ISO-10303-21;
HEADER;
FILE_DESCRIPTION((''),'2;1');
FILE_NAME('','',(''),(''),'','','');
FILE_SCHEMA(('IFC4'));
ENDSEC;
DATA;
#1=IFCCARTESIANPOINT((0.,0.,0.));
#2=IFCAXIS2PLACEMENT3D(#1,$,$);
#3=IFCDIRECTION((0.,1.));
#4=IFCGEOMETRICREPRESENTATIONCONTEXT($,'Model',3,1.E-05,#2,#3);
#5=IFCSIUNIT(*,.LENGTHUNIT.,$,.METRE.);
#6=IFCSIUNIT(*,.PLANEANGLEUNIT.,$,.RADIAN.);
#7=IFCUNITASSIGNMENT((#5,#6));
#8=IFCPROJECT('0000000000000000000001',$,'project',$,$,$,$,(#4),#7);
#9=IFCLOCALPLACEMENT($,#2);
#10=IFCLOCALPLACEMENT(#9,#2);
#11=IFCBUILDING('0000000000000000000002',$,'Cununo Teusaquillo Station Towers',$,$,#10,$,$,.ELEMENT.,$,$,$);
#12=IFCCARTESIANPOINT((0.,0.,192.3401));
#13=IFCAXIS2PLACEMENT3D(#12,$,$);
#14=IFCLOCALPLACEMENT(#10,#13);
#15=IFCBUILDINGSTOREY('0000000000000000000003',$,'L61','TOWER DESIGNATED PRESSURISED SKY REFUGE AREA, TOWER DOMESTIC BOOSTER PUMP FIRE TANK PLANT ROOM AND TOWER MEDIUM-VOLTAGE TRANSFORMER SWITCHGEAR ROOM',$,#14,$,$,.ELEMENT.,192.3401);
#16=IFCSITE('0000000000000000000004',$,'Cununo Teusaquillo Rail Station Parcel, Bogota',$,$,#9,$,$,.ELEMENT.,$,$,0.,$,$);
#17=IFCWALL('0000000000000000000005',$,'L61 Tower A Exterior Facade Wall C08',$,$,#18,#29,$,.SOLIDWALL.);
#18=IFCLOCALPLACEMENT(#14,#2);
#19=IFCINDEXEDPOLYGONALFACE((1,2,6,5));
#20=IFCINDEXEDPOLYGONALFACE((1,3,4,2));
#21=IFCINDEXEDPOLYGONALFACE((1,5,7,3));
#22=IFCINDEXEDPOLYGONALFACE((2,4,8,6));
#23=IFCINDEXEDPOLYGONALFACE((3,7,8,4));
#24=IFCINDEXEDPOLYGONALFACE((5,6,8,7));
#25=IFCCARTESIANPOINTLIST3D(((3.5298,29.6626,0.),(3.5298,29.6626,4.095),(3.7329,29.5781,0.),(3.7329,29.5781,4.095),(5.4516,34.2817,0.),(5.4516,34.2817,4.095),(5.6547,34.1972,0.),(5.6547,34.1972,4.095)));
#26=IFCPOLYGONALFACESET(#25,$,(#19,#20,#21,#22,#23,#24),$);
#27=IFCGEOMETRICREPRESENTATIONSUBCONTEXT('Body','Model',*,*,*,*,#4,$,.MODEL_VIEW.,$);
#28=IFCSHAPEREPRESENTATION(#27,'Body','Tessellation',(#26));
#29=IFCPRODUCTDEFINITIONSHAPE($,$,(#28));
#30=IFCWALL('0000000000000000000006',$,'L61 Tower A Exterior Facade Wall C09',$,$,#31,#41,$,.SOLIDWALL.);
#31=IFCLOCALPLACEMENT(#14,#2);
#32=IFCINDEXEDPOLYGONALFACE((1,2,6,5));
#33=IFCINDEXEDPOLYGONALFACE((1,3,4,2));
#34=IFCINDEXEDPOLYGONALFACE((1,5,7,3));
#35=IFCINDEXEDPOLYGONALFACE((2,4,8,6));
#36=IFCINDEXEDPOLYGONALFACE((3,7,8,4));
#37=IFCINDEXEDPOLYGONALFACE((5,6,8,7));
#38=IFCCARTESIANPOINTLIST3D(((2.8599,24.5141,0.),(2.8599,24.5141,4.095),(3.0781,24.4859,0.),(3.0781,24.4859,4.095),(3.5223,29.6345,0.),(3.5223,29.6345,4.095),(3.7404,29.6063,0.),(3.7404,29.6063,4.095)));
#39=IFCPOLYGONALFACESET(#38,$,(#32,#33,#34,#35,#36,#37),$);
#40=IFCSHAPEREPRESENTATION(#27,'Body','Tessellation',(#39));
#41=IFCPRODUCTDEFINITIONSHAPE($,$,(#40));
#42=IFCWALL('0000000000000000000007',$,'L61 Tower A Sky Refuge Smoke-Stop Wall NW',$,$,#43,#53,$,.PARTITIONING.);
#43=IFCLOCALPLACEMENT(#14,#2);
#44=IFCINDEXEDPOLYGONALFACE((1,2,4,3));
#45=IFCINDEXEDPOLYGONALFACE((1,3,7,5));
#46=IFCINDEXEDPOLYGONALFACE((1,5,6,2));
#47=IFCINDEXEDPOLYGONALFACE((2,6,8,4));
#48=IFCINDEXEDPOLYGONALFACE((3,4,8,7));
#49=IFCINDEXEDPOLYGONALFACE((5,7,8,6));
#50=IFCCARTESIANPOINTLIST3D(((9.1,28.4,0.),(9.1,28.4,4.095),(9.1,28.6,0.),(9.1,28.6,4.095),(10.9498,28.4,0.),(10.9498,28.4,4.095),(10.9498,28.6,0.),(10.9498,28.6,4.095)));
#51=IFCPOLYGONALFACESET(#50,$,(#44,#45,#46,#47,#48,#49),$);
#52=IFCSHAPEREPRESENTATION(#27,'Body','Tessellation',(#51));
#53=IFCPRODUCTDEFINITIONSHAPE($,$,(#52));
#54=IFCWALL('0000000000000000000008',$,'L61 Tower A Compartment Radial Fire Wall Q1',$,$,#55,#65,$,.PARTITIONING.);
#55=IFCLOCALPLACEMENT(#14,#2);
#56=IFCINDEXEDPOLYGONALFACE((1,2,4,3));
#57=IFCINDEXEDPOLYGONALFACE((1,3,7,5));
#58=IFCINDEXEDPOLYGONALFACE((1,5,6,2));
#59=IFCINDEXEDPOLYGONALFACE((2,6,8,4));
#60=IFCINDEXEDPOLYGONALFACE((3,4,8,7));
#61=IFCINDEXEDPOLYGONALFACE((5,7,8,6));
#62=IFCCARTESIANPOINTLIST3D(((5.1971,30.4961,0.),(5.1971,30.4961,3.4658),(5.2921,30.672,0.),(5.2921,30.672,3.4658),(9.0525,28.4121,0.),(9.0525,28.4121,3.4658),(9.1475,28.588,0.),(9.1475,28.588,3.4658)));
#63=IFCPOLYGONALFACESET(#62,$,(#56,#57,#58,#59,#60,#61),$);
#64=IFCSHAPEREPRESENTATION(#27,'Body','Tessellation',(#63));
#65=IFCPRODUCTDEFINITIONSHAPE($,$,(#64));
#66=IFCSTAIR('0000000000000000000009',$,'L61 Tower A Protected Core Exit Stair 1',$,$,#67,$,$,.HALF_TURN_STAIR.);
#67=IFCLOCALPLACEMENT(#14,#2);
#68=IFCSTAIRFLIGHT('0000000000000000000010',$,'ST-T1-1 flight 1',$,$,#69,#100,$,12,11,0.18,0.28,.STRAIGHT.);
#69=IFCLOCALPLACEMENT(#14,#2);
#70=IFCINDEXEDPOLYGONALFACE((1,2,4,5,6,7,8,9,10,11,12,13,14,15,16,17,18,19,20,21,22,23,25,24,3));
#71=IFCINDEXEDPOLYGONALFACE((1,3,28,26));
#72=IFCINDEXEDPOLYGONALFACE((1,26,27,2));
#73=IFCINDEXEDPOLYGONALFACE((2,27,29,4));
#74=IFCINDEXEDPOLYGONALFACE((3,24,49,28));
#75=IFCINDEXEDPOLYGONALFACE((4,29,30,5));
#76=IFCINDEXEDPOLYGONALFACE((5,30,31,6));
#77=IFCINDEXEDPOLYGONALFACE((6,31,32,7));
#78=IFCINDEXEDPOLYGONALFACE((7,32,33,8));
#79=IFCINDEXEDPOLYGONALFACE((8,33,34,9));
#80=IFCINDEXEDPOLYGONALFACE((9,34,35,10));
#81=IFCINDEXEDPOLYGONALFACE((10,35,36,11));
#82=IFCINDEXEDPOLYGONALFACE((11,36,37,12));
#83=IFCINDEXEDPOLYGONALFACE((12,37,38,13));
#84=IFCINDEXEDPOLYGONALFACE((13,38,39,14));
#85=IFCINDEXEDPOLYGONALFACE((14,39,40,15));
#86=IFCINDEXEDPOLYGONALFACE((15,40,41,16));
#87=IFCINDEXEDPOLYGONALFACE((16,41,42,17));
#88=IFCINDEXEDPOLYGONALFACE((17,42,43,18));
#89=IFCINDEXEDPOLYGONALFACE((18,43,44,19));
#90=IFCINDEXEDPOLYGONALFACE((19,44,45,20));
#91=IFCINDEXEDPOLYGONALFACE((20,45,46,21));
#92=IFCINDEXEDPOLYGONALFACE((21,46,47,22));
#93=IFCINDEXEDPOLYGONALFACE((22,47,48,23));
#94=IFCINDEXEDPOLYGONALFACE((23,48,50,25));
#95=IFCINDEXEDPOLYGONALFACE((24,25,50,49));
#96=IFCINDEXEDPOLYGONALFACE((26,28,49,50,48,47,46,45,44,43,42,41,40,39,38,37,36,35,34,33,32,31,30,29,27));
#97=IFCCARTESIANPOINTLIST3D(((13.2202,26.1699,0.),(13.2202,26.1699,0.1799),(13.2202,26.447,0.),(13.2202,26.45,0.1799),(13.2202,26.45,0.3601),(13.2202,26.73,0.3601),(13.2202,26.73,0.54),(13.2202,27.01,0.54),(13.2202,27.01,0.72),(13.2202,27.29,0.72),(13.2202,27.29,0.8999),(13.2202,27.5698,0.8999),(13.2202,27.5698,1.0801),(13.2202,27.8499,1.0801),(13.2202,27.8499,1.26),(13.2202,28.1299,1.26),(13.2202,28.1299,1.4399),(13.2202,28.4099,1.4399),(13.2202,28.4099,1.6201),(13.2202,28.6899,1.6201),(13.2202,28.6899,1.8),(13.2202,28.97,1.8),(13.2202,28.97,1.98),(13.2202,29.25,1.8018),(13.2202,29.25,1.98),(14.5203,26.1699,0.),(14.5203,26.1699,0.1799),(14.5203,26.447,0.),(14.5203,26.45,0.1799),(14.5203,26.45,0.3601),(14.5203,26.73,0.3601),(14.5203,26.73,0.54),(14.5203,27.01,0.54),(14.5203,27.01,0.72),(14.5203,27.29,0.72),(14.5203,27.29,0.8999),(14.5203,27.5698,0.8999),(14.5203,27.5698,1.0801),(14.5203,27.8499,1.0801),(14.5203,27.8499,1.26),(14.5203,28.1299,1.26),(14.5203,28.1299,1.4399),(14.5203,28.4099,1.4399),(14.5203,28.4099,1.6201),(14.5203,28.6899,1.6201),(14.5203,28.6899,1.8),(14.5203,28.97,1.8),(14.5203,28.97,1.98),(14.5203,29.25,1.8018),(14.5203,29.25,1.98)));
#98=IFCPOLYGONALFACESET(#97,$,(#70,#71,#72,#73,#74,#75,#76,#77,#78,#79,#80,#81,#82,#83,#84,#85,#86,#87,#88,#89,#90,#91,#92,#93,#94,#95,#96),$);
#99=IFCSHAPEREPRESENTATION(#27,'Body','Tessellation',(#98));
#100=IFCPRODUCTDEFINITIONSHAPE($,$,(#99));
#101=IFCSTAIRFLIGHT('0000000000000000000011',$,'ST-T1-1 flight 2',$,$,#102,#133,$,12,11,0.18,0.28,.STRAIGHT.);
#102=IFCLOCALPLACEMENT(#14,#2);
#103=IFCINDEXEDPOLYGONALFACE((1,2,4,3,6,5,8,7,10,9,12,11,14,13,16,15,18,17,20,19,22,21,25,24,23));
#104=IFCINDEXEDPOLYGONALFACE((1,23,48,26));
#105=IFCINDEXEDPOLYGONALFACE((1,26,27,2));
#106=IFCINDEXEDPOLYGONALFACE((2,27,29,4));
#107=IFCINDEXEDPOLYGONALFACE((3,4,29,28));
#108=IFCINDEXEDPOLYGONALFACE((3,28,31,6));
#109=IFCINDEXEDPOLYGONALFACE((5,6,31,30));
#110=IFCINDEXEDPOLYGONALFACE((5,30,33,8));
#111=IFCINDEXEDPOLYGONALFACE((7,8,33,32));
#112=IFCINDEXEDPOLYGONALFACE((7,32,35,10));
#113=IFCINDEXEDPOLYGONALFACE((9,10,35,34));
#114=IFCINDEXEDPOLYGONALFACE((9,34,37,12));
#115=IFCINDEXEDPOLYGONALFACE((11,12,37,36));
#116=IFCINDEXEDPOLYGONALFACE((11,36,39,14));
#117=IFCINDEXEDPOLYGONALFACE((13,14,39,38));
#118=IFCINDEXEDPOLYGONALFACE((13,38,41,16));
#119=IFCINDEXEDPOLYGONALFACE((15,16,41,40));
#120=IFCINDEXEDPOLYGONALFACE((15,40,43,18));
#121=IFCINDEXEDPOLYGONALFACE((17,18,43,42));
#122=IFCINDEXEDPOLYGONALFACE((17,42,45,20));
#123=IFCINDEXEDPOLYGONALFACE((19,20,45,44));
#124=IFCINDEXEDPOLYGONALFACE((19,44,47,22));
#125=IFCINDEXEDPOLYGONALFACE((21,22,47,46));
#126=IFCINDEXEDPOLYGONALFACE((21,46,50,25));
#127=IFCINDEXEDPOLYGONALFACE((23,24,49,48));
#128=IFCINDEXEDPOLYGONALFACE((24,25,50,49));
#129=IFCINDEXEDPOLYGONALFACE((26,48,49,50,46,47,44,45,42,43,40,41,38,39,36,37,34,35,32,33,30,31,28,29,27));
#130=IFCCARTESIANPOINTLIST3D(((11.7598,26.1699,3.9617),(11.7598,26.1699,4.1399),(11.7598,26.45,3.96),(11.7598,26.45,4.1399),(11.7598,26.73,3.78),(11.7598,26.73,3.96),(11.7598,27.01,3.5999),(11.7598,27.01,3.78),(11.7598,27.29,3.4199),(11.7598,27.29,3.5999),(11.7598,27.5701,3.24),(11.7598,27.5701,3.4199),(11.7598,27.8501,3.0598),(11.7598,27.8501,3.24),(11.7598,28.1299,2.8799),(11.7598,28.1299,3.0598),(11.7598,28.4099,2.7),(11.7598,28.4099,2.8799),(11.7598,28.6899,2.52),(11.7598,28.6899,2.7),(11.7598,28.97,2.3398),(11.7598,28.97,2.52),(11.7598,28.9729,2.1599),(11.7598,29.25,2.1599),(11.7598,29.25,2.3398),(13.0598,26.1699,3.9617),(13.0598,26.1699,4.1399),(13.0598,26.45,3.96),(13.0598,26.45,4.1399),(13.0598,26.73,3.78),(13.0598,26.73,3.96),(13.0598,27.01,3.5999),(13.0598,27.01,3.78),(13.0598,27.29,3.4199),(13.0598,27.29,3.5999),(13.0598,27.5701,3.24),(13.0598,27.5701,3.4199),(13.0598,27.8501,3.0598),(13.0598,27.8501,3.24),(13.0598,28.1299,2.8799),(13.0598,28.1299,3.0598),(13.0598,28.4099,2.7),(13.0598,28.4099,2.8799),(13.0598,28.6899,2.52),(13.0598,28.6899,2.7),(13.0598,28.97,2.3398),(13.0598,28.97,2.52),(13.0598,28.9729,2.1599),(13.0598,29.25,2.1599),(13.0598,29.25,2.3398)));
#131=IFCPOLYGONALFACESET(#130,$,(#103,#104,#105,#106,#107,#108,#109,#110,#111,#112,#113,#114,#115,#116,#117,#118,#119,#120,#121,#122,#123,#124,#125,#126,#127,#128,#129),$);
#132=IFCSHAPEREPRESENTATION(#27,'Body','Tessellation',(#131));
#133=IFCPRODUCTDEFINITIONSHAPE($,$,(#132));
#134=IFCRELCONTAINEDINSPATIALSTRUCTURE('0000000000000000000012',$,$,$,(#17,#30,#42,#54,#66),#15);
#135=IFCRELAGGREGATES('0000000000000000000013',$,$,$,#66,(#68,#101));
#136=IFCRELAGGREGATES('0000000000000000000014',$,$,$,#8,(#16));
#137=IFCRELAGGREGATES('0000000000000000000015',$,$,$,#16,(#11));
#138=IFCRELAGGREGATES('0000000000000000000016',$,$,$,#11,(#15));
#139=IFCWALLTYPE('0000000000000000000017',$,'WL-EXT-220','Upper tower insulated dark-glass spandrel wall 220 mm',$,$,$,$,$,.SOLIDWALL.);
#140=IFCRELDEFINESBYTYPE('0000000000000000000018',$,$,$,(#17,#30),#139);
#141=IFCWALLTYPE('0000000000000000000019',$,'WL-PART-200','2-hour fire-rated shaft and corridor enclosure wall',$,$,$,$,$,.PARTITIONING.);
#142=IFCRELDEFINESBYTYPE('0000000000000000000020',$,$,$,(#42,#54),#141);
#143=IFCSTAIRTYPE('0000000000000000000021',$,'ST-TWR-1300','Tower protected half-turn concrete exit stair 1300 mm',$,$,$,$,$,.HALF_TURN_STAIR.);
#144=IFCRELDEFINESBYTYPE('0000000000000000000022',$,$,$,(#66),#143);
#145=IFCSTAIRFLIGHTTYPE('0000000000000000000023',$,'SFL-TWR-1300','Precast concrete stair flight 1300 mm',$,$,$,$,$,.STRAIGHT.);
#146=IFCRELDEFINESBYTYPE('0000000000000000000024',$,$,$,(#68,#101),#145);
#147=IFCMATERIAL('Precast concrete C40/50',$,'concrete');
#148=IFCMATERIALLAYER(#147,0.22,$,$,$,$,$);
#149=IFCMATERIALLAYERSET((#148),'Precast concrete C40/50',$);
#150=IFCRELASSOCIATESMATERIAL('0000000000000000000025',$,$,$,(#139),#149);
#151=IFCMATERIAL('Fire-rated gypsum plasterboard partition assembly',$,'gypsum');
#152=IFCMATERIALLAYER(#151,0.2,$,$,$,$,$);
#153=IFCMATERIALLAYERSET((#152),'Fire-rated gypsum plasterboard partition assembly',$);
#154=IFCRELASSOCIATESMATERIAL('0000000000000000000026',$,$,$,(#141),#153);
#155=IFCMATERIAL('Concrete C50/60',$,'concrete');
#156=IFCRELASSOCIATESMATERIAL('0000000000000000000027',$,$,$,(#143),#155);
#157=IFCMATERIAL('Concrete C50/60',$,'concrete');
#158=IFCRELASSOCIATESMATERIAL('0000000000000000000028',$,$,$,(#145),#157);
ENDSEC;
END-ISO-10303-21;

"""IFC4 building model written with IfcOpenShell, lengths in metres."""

from ifc_helpers import new_model, si_unit, direction, frame, frame_2d, origin, place, context, subcontext, project, spatial, polyline, rectangle, outline, extrude, material, layer, layer_set, type_object, element, aggregate, save


model = new_model("IFC4")

# Units and contexts
model_context = context("Model", 3, precision=1e-05, world=origin(), true_north=direction((0.0, 1.0)))
body_context = subcontext(model_context, "Body", "Model", "MODEL_VIEW")
ifc_project = project(units=[si_unit("LENGTHUNIT", "METRE"), si_unit("PLANEANGLEUNIT", "RADIAN")], contexts=[model_context])

# Site, building, storey
site_placement = place(None, origin())
site = spatial("IfcSite", under=ifc_project, at=site_placement, Name="Cununo Teusaquillo Rail Station Parcel, Bogota", CompositionType="ELEMENT", RefElevation=0.0)
building_placement = place(site_placement, origin())
building = spatial("IfcBuilding", under=site, at=building_placement, Name="Cununo Teusaquillo Station Towers", CompositionType="ELEMENT")
storey_placement = place(building_placement, frame((0.0, 0.0, 192.3401)))
storey = spatial("IfcBuildingStorey", under=building, at=storey_placement, Name="L61", Description="TOWER DESIGNATED PRESSURISED SKY REFUGE AREA, TOWER DOMESTIC BOOSTER PUMP FIRE TANK PLANT ROOM AND TOWER MEDIUM-VOLTAGE TRANSFORMER SWITCHGEAR ROOM", CompositionType="ELEMENT", Elevation=192.3401)

# Walls
ifc_material_1 = material(Name="Precast concrete C40/50", Category="concrete")
ifc_layer_1 = layer(ifc_material_1, 0.22)
ifc_layer_set_1 = layer_set([ifc_layer_1], Name="Precast concrete C40/50")
wall_type_1 = type_object("IfcWallType", Name="WL-EXT-220", Description="Upper tower insulated dark-glass spandrel wall 220 mm", PredefinedType="SOLIDWALL", material=ifc_layer_set_1)
wall_1_placement = place(storey_placement, frame((3.6313, 29.6204, 0.0), z_axis=(0.0, 0.0, 1.0), x_axis=(0.384144, 0.923273, 0.0)))
element("IfcWall", 1, at=wall_1_placement, inside=storey, type_object=wall_type_1, Name="L61 Tower A Exterior Facade Wall C08", PredefinedType="SOLIDWALL", context=body_context, shape_type="SweptSolid", body=[
    extrude(rectangle(XDim=5.0029, YDim=0.22, at=frame_2d((2.5015, 0.0))), origin(), (0.0, 0.0, 1.0), 4.095),
])
wall_2_placement = place(storey_placement, frame((2.969, 24.5, 0.0), z_axis=(0.0, 0.0, 1.0), x_axis=(0.128288, 0.991737, 0.0)))
element("IfcWall", 2, at=wall_2_placement, inside=storey, type_object=wall_type_1, Name="L61 Tower A Exterior Facade Wall C09", PredefinedType="SOLIDWALL", context=body_context, shape_type="SweptSolid", body=[
    extrude(rectangle(XDim=5.1631, YDim=0.22, at=frame_2d((2.5815, 0.0))), origin(), (0.0, 0.0, 1.0), 4.095),
])
ifc_material_2 = material(Name="Fire-rated gypsum plasterboard partition assembly", Category="gypsum")
ifc_layer_2 = layer(ifc_material_2, 0.2)
ifc_layer_set_2 = layer_set([ifc_layer_2], Name="Fire-rated gypsum plasterboard partition assembly")
wall_type_2 = type_object("IfcWallType", Name="WL-PART-200", Description="2-hour fire-rated shaft and corridor enclosure wall", PredefinedType="PARTITIONING", material=ifc_layer_set_2)
wall_3_placement = place(storey_placement, frame((9.1001, 28.5, 0.0), z_axis=(0.0, 0.0, 1.0), x_axis=(1.0, 0.0, 0.0)))
element("IfcWall", 3, at=wall_3_placement, inside=storey, type_object=wall_type_2, Name="L61 Tower A Sky Refuge Smoke-Stop Wall NW", PredefinedType="PARTITIONING", context=body_context, shape_type="SweptSolid", body=[
    extrude(rectangle(XDim=1.8499, YDim=0.2, at=frame_2d((0.9248, 0.0))), origin(), (0.0, 0.0, 1.0), 4.095),
])
wall_4_placement = place(storey_placement, frame((9.1001, 28.5, 0.0), z_axis=(0.0, 0.0, 1.0), x_axis=(-0.879712, 0.475508, 0.0)))
element("IfcWall", 4, at=wall_4_placement, inside=storey, type_object=wall_type_2, Name="L61 Tower A Compartment Radial Fire Wall Q1", PredefinedType="PARTITIONING", context=body_context, shape_type="SweptSolid", body=[
    extrude(rectangle(XDim=4.3826, YDim=0.2, at=frame_2d((2.1914, 0.0))), origin(), (0.0, 0.0, 1.0), 3.4658),
])

# Stair, stair flights
ifc_material_3 = material(Name="Concrete C50/60", Category="concrete")
stair_type = type_object("IfcStairType", Name="ST-TWR-1300", Description="Tower protected half-turn concrete exit stair 1300 mm", PredefinedType="HALF_TURN_STAIR", material=ifc_material_3)
stair_placement = place(storey_placement, origin())
stair = element("IfcStair", 5, at=stair_placement, inside=storey, type_object=stair_type, Name="L61 Tower A Protected Core Exit Stair 1", PredefinedType="HALF_TURN_STAIR")
ifc_material_4 = material(Name="Concrete C50/60", Category="concrete")
stair_flight_type = type_object("IfcStairFlightType", Name="SFL-TWR-1300", Description="Precast concrete stair flight 1300 mm", PredefinedType="STRAIGHT", material=ifc_material_4)
stair_flight_1_placement = place(storey_placement, frame((13.8701, 26.1699, 0.0), z_axis=(0.0, 0.0, 1.0), x_axis=(0.0, 1.0, 0.0)))
stair_flight_1 = element("IfcStairFlight", 6, at=stair_flight_1_placement, type_object=stair_flight_type, Name="ST-T1-1 flight 1", NumberOfRisers=12, NumberOfTreads=11, PredefinedType="STRAIGHT", RiserHeight=0.18, TreadLength=0.28, context=body_context, shape_type="SweptSolid", body=[
    extrude(outline(polyline([(0.0, 0.0), (0.0, 0.1799), (0.28, 0.1799), (0.28, 0.3601), (0.5601, 0.3601), (0.5601, 0.54), (0.8401, 0.54), (0.8401, 0.72), (1.1201, 0.72), (1.1201, 0.8999), (1.3999, 0.8999), (1.3999, 1.0801), (1.6799, 1.0801), (1.6799, 1.26), (1.96, 1.26), (1.96, 1.4399), (2.24, 1.4399), (2.24, 1.6201), (2.52, 1.6201), (2.52, 1.8), (2.8, 1.8), (2.8, 1.98), (3.0801, 1.98), (3.0801, 2.1599), (3.0801, 1.8018), (0.2771, 0.0), (0.0, 0.0)])), frame((0.0, 0.6499, 0.0), z_axis=(0.0, -1.0, 0.0), x_axis=(1.0, 0.0, 0.0)), (0.0, 0.0, 1.0), 1.3),
])
stair_flight_2_placement = place(storey_placement, frame((12.4099, 29.25, 2.1599), z_axis=(0.0, 0.0, 1.0), x_axis=(0.0, -1.0, 0.0)))
stair_flight_2 = element("IfcStairFlight", 7, at=stair_flight_2_placement, type_object=stair_flight_type, Name="ST-T1-1 flight 2", NumberOfRisers=12, NumberOfTreads=11, PredefinedType="STRAIGHT", RiserHeight=0.18, TreadLength=0.28, context=body_context, shape_type="SweptSolid", body=[
    extrude(outline(polyline([(0.0, 0.0), (0.0, 0.1799), (0.28, 0.1799), (0.28, 0.3601), (0.5601, 0.3601), (0.5601, 0.54), (0.8401, 0.54), (0.8401, 0.72), (1.1201, 0.72), (1.1201, 0.8999), (1.3999, 0.8999), (1.3999, 1.0801), (1.6799, 1.0801), (1.6799, 1.26), (1.96, 1.26), (1.96, 1.4399), (2.24, 1.4399), (2.24, 1.6201), (2.52, 1.6201), (2.52, 1.8), (2.8, 1.8), (2.8, 1.98), (3.0801, 1.98), (3.0801, 2.1599), (3.0801, 1.8018), (0.2771, 0.0), (0.0, 0.0)])), frame((0.0, 0.6499, 0.0), z_axis=(0.0, -1.0, 0.0), x_axis=(1.0, 0.0, 0.0)), (0.0, 0.0, 1.0), 1.3),
])
aggregate(stair, [stair_flight_1, stair_flight_2])

save(model, "model.ifc")
